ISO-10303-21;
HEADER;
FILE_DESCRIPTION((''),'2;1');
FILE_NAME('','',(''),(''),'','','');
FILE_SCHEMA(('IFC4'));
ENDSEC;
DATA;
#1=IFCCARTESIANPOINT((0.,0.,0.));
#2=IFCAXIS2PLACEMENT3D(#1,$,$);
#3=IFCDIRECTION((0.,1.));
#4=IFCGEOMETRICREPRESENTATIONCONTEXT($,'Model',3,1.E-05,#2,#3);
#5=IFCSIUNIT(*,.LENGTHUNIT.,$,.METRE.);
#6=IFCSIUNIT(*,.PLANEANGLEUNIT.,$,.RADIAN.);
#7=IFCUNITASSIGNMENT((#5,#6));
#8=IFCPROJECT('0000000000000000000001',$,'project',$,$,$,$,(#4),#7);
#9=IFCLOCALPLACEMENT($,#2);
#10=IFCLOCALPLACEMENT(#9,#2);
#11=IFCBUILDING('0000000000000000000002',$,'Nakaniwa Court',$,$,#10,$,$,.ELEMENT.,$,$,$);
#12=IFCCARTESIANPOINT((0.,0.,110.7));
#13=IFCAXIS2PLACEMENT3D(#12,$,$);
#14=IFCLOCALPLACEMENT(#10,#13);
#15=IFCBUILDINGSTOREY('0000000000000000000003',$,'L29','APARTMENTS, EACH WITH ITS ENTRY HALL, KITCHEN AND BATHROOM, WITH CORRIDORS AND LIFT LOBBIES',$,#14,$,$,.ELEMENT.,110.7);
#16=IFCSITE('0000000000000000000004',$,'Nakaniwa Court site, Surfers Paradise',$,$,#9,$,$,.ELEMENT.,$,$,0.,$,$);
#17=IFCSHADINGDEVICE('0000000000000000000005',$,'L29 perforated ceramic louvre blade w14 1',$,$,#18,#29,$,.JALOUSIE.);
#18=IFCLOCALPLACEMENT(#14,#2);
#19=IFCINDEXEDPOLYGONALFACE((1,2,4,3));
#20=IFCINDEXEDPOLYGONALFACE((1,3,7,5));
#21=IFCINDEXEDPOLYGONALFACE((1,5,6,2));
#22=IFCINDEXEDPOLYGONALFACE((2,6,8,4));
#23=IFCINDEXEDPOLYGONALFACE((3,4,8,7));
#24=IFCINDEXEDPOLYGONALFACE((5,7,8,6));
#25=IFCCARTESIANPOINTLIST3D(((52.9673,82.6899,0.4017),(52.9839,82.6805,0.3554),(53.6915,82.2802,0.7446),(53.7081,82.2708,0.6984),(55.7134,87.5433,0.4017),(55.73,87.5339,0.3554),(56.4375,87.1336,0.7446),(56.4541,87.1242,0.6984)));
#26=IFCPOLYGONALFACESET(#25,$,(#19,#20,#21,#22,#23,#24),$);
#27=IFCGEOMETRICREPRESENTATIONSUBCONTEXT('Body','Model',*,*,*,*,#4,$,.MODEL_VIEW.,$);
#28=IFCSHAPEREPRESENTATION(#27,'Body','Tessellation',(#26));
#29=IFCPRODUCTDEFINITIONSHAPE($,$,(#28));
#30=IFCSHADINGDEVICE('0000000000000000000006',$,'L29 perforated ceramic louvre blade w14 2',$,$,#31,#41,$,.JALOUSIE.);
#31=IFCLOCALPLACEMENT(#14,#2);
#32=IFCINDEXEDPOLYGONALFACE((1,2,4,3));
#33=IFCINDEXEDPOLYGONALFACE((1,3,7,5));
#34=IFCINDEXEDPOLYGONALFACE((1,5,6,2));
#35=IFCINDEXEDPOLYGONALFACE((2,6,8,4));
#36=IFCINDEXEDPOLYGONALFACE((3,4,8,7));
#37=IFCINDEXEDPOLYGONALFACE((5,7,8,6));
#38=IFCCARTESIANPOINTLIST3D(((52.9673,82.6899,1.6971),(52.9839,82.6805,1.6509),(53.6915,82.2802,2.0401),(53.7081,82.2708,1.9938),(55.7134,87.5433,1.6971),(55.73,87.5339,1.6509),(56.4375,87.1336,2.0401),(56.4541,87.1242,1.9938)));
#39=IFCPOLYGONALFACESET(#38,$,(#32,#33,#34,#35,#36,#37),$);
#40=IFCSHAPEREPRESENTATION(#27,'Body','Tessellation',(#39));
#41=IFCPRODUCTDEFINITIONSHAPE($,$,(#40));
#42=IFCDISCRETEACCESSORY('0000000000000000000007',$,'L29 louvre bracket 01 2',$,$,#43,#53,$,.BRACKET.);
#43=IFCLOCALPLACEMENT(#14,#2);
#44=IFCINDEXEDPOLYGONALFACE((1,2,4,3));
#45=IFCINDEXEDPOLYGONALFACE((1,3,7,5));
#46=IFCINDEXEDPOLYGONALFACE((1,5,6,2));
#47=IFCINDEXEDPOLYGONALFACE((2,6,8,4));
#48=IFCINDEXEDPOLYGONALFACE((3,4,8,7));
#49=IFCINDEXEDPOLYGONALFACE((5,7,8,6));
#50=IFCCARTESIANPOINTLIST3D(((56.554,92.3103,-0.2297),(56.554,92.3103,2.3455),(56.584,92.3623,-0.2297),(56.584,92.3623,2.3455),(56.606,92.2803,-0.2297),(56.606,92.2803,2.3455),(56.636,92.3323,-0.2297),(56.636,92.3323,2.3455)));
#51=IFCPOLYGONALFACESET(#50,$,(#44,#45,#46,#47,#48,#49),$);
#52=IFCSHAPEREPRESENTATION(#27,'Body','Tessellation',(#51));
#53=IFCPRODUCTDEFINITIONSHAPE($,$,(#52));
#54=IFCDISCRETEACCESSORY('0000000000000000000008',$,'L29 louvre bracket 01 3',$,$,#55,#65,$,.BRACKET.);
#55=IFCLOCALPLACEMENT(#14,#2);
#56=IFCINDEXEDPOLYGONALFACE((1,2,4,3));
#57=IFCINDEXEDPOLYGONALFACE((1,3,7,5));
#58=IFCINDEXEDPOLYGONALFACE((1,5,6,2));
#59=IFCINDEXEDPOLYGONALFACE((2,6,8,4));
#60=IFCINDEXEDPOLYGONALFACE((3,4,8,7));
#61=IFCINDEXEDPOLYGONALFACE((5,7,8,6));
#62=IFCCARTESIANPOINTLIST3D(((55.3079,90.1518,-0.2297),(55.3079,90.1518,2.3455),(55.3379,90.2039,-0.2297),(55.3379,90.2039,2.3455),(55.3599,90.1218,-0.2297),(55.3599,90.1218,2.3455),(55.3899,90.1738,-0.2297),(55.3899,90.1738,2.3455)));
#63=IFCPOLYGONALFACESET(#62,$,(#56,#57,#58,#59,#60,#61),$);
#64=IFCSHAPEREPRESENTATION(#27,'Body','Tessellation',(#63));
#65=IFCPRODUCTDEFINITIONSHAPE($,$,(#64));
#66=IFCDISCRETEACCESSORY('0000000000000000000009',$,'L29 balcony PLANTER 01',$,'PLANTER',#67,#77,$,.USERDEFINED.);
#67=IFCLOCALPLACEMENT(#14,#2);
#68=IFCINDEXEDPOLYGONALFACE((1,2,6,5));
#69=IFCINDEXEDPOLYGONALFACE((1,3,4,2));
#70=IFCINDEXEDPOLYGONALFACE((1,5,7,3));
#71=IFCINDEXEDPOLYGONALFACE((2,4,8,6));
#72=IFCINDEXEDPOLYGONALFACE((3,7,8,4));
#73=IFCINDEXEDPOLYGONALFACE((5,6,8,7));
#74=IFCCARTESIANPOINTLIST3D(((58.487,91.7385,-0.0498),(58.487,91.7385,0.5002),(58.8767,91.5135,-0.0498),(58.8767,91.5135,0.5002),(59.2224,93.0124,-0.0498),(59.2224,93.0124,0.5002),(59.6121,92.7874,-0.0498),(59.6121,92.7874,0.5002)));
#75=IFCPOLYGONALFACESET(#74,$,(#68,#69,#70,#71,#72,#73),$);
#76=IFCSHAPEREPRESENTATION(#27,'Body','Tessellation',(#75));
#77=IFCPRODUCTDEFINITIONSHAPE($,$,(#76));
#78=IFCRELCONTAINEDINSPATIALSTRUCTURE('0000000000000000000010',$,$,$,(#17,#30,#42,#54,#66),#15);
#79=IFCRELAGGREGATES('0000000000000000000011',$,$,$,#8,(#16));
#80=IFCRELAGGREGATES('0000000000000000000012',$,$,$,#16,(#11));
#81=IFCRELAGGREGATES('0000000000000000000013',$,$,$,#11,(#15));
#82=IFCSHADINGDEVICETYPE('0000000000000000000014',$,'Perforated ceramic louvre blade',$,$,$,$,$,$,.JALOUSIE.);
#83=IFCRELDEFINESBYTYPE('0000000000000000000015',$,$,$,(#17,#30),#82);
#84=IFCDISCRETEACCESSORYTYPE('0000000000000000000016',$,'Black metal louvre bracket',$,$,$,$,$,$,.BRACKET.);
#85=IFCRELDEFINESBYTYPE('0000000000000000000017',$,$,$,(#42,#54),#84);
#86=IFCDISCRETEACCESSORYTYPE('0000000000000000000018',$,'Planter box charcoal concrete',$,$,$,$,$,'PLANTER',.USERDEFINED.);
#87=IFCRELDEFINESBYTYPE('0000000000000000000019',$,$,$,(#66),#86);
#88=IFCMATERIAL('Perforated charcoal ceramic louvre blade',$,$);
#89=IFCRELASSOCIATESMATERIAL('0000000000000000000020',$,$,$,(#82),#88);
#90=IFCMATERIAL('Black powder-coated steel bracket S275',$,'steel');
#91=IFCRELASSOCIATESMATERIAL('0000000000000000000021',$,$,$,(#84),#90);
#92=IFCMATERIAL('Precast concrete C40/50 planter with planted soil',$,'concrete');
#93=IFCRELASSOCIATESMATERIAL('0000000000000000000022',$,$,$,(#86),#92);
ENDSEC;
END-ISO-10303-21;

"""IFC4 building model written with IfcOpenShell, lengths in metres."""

from ifc_helpers import new_model, si_unit, direction, frame, origin, origin_2d, place, context, subcontext, project, spatial, rectangle, extrude, material, material_profile, profile_set, type_object, element, save


model = new_model("IFC4")

# Units and contexts
model_context = context("Model", 3, precision=1e-05, world=origin(), true_north=direction((0.0, 1.0)))
body_context = subcontext(model_context, "Body", "Model", "MODEL_VIEW")
ifc_project = project(units=[si_unit("LENGTHUNIT", "METRE"), si_unit("PLANEANGLEUNIT", "RADIAN")], contexts=[model_context])

# Site, building, storey
site_placement = place(None, origin())
site = spatial("IfcSite", under=ifc_project, at=site_placement, Name="Nakaniwa Court site, Surfers Paradise", CompositionType="ELEMENT", RefElevation=0.0)
building_placement = place(site_placement, origin())
building = spatial("IfcBuilding", under=site, at=building_placement, Name="Nakaniwa Court", CompositionType="ELEMENT")
storey_placement = place(building_placement, frame((0.0, 0.0, 110.7)))
storey = spatial("IfcBuildingStorey", under=building, at=storey_placement, Name="L29", Description="APARTMENTS, EACH WITH ITS ENTRY HALL, KITCHEN AND BATHROOM, WITH CORRIDORS AND LIFT LOBBIES", CompositionType="ELEMENT", Elevation=110.7)

# Shading devices
ifc_material_1 = material(Name="Perforated charcoal ceramic louvre blade")
ifc_material_profile_1 = material_profile(ifc_material_1, rectangle(XDim=0.8999, YDim=0.05, at=origin_2d()), Name="Perforated ceramic louvre blade")
ifc_profile_set_1 = profile_set([ifc_material_profile_1], Name="Perforated charcoal ceramic louvre blade")
shading_device_type = type_object("IfcShadingDeviceType", Name="Perforated ceramic louvre blade", PredefinedType="JALOUSIE", material=ifc_profile_set_1)
for number, where, z_axis, x_axis, name in (
    (1, (56.0837, 87.3337, 0.55), (-0.492438, -0.870347, 0.0), (0.804676, -0.455282, 0.38107), "L29 perforated ceramic louvre blade w14 1"),
    (2, (56.0837, 87.3337, 1.8455), (-0.492438, -0.870347, 0.0), (0.804676, -0.455282, 0.38107), "L29 perforated ceramic louvre blade w14 2"),
):
    element("IfcShadingDevice", number, at=place(storey_placement, frame(where, z_axis=z_axis, x_axis=x_axis)), inside=storey, type_object=shading_device_type, Name=name, PredefinedType="JALOUSIE", context=body_context, shape_type="SweptSolid", body=[
        extrude(rectangle(XDim=0.8999, YDim=0.05, at=origin_2d()), origin(), (0.0, 0.0, 1.0), 5.5764),
    ])

# Discrete accessories
ifc_material_2 = material(Name="Black powder-coated steel bracket S275", Category="steel")
discrete_accessory_type_1 = type_object("IfcDiscreteAccessoryType", Name="Black metal louvre bracket", PredefinedType="BRACKET", material=ifc_material_2)
for number, where, z_axis, x_axis, name in (
    (3, (56.595, 92.3213, -0.2297), (0.0, 0.0, 1.0), (-0.499974, -0.86604, 0.0), "L29 louvre bracket 01 2"),
    (4, (55.3489, 90.1628, -0.2297), (0.0, 0.0, 1.0), (-0.499974, -0.86604, 0.0), "L29 louvre bracket 01 3"),
):
    element("IfcDiscreteAccessory", number, at=place(storey_placement, frame(where, z_axis=z_axis, x_axis=x_axis)), inside=storey, type_object=discrete_accessory_type_1, Name=name, PredefinedType="BRACKET", context=body_context, shape_type="SweptSolid", body=[
        extrude(rectangle(XDim=0.0601, YDim=0.0601, at=origin_2d()), origin(), (0.0, 0.0, 1.0), 2.5752),
    ])
ifc_material_3 = material(Name="Precast concrete C40/50 planter with planted soil", Category="concrete")
discrete_accessory_type_2 = type_object("IfcDiscreteAccessoryType", Name="Planter box charcoal concrete", ElementType="PLANTER", PredefinedType="USERDEFINED", material=ifc_material_3)
discrete_accessory_placement = place(storey_placement, frame((59.0496, 92.2629, -0.0498), z_axis=(0.0, 0.0, 1.0), x_axis=(-0.499974, -0.86604, 0.0)))
element("IfcDiscreteAccessory", 5, at=discrete_accessory_placement, inside=storey, type_object=discrete_accessory_type_2, Name="L29 balcony PLANTER 01", ObjectType="PLANTER", PredefinedType="USERDEFINED", context=body_context, shape_type="SweptSolid", body=[
    extrude(rectangle(XDim=1.4709, YDim=0.45, at=origin_2d()), origin(), (0.0, 0.0, 1.0), 0.55),
])

save(model, "model.ifc")
